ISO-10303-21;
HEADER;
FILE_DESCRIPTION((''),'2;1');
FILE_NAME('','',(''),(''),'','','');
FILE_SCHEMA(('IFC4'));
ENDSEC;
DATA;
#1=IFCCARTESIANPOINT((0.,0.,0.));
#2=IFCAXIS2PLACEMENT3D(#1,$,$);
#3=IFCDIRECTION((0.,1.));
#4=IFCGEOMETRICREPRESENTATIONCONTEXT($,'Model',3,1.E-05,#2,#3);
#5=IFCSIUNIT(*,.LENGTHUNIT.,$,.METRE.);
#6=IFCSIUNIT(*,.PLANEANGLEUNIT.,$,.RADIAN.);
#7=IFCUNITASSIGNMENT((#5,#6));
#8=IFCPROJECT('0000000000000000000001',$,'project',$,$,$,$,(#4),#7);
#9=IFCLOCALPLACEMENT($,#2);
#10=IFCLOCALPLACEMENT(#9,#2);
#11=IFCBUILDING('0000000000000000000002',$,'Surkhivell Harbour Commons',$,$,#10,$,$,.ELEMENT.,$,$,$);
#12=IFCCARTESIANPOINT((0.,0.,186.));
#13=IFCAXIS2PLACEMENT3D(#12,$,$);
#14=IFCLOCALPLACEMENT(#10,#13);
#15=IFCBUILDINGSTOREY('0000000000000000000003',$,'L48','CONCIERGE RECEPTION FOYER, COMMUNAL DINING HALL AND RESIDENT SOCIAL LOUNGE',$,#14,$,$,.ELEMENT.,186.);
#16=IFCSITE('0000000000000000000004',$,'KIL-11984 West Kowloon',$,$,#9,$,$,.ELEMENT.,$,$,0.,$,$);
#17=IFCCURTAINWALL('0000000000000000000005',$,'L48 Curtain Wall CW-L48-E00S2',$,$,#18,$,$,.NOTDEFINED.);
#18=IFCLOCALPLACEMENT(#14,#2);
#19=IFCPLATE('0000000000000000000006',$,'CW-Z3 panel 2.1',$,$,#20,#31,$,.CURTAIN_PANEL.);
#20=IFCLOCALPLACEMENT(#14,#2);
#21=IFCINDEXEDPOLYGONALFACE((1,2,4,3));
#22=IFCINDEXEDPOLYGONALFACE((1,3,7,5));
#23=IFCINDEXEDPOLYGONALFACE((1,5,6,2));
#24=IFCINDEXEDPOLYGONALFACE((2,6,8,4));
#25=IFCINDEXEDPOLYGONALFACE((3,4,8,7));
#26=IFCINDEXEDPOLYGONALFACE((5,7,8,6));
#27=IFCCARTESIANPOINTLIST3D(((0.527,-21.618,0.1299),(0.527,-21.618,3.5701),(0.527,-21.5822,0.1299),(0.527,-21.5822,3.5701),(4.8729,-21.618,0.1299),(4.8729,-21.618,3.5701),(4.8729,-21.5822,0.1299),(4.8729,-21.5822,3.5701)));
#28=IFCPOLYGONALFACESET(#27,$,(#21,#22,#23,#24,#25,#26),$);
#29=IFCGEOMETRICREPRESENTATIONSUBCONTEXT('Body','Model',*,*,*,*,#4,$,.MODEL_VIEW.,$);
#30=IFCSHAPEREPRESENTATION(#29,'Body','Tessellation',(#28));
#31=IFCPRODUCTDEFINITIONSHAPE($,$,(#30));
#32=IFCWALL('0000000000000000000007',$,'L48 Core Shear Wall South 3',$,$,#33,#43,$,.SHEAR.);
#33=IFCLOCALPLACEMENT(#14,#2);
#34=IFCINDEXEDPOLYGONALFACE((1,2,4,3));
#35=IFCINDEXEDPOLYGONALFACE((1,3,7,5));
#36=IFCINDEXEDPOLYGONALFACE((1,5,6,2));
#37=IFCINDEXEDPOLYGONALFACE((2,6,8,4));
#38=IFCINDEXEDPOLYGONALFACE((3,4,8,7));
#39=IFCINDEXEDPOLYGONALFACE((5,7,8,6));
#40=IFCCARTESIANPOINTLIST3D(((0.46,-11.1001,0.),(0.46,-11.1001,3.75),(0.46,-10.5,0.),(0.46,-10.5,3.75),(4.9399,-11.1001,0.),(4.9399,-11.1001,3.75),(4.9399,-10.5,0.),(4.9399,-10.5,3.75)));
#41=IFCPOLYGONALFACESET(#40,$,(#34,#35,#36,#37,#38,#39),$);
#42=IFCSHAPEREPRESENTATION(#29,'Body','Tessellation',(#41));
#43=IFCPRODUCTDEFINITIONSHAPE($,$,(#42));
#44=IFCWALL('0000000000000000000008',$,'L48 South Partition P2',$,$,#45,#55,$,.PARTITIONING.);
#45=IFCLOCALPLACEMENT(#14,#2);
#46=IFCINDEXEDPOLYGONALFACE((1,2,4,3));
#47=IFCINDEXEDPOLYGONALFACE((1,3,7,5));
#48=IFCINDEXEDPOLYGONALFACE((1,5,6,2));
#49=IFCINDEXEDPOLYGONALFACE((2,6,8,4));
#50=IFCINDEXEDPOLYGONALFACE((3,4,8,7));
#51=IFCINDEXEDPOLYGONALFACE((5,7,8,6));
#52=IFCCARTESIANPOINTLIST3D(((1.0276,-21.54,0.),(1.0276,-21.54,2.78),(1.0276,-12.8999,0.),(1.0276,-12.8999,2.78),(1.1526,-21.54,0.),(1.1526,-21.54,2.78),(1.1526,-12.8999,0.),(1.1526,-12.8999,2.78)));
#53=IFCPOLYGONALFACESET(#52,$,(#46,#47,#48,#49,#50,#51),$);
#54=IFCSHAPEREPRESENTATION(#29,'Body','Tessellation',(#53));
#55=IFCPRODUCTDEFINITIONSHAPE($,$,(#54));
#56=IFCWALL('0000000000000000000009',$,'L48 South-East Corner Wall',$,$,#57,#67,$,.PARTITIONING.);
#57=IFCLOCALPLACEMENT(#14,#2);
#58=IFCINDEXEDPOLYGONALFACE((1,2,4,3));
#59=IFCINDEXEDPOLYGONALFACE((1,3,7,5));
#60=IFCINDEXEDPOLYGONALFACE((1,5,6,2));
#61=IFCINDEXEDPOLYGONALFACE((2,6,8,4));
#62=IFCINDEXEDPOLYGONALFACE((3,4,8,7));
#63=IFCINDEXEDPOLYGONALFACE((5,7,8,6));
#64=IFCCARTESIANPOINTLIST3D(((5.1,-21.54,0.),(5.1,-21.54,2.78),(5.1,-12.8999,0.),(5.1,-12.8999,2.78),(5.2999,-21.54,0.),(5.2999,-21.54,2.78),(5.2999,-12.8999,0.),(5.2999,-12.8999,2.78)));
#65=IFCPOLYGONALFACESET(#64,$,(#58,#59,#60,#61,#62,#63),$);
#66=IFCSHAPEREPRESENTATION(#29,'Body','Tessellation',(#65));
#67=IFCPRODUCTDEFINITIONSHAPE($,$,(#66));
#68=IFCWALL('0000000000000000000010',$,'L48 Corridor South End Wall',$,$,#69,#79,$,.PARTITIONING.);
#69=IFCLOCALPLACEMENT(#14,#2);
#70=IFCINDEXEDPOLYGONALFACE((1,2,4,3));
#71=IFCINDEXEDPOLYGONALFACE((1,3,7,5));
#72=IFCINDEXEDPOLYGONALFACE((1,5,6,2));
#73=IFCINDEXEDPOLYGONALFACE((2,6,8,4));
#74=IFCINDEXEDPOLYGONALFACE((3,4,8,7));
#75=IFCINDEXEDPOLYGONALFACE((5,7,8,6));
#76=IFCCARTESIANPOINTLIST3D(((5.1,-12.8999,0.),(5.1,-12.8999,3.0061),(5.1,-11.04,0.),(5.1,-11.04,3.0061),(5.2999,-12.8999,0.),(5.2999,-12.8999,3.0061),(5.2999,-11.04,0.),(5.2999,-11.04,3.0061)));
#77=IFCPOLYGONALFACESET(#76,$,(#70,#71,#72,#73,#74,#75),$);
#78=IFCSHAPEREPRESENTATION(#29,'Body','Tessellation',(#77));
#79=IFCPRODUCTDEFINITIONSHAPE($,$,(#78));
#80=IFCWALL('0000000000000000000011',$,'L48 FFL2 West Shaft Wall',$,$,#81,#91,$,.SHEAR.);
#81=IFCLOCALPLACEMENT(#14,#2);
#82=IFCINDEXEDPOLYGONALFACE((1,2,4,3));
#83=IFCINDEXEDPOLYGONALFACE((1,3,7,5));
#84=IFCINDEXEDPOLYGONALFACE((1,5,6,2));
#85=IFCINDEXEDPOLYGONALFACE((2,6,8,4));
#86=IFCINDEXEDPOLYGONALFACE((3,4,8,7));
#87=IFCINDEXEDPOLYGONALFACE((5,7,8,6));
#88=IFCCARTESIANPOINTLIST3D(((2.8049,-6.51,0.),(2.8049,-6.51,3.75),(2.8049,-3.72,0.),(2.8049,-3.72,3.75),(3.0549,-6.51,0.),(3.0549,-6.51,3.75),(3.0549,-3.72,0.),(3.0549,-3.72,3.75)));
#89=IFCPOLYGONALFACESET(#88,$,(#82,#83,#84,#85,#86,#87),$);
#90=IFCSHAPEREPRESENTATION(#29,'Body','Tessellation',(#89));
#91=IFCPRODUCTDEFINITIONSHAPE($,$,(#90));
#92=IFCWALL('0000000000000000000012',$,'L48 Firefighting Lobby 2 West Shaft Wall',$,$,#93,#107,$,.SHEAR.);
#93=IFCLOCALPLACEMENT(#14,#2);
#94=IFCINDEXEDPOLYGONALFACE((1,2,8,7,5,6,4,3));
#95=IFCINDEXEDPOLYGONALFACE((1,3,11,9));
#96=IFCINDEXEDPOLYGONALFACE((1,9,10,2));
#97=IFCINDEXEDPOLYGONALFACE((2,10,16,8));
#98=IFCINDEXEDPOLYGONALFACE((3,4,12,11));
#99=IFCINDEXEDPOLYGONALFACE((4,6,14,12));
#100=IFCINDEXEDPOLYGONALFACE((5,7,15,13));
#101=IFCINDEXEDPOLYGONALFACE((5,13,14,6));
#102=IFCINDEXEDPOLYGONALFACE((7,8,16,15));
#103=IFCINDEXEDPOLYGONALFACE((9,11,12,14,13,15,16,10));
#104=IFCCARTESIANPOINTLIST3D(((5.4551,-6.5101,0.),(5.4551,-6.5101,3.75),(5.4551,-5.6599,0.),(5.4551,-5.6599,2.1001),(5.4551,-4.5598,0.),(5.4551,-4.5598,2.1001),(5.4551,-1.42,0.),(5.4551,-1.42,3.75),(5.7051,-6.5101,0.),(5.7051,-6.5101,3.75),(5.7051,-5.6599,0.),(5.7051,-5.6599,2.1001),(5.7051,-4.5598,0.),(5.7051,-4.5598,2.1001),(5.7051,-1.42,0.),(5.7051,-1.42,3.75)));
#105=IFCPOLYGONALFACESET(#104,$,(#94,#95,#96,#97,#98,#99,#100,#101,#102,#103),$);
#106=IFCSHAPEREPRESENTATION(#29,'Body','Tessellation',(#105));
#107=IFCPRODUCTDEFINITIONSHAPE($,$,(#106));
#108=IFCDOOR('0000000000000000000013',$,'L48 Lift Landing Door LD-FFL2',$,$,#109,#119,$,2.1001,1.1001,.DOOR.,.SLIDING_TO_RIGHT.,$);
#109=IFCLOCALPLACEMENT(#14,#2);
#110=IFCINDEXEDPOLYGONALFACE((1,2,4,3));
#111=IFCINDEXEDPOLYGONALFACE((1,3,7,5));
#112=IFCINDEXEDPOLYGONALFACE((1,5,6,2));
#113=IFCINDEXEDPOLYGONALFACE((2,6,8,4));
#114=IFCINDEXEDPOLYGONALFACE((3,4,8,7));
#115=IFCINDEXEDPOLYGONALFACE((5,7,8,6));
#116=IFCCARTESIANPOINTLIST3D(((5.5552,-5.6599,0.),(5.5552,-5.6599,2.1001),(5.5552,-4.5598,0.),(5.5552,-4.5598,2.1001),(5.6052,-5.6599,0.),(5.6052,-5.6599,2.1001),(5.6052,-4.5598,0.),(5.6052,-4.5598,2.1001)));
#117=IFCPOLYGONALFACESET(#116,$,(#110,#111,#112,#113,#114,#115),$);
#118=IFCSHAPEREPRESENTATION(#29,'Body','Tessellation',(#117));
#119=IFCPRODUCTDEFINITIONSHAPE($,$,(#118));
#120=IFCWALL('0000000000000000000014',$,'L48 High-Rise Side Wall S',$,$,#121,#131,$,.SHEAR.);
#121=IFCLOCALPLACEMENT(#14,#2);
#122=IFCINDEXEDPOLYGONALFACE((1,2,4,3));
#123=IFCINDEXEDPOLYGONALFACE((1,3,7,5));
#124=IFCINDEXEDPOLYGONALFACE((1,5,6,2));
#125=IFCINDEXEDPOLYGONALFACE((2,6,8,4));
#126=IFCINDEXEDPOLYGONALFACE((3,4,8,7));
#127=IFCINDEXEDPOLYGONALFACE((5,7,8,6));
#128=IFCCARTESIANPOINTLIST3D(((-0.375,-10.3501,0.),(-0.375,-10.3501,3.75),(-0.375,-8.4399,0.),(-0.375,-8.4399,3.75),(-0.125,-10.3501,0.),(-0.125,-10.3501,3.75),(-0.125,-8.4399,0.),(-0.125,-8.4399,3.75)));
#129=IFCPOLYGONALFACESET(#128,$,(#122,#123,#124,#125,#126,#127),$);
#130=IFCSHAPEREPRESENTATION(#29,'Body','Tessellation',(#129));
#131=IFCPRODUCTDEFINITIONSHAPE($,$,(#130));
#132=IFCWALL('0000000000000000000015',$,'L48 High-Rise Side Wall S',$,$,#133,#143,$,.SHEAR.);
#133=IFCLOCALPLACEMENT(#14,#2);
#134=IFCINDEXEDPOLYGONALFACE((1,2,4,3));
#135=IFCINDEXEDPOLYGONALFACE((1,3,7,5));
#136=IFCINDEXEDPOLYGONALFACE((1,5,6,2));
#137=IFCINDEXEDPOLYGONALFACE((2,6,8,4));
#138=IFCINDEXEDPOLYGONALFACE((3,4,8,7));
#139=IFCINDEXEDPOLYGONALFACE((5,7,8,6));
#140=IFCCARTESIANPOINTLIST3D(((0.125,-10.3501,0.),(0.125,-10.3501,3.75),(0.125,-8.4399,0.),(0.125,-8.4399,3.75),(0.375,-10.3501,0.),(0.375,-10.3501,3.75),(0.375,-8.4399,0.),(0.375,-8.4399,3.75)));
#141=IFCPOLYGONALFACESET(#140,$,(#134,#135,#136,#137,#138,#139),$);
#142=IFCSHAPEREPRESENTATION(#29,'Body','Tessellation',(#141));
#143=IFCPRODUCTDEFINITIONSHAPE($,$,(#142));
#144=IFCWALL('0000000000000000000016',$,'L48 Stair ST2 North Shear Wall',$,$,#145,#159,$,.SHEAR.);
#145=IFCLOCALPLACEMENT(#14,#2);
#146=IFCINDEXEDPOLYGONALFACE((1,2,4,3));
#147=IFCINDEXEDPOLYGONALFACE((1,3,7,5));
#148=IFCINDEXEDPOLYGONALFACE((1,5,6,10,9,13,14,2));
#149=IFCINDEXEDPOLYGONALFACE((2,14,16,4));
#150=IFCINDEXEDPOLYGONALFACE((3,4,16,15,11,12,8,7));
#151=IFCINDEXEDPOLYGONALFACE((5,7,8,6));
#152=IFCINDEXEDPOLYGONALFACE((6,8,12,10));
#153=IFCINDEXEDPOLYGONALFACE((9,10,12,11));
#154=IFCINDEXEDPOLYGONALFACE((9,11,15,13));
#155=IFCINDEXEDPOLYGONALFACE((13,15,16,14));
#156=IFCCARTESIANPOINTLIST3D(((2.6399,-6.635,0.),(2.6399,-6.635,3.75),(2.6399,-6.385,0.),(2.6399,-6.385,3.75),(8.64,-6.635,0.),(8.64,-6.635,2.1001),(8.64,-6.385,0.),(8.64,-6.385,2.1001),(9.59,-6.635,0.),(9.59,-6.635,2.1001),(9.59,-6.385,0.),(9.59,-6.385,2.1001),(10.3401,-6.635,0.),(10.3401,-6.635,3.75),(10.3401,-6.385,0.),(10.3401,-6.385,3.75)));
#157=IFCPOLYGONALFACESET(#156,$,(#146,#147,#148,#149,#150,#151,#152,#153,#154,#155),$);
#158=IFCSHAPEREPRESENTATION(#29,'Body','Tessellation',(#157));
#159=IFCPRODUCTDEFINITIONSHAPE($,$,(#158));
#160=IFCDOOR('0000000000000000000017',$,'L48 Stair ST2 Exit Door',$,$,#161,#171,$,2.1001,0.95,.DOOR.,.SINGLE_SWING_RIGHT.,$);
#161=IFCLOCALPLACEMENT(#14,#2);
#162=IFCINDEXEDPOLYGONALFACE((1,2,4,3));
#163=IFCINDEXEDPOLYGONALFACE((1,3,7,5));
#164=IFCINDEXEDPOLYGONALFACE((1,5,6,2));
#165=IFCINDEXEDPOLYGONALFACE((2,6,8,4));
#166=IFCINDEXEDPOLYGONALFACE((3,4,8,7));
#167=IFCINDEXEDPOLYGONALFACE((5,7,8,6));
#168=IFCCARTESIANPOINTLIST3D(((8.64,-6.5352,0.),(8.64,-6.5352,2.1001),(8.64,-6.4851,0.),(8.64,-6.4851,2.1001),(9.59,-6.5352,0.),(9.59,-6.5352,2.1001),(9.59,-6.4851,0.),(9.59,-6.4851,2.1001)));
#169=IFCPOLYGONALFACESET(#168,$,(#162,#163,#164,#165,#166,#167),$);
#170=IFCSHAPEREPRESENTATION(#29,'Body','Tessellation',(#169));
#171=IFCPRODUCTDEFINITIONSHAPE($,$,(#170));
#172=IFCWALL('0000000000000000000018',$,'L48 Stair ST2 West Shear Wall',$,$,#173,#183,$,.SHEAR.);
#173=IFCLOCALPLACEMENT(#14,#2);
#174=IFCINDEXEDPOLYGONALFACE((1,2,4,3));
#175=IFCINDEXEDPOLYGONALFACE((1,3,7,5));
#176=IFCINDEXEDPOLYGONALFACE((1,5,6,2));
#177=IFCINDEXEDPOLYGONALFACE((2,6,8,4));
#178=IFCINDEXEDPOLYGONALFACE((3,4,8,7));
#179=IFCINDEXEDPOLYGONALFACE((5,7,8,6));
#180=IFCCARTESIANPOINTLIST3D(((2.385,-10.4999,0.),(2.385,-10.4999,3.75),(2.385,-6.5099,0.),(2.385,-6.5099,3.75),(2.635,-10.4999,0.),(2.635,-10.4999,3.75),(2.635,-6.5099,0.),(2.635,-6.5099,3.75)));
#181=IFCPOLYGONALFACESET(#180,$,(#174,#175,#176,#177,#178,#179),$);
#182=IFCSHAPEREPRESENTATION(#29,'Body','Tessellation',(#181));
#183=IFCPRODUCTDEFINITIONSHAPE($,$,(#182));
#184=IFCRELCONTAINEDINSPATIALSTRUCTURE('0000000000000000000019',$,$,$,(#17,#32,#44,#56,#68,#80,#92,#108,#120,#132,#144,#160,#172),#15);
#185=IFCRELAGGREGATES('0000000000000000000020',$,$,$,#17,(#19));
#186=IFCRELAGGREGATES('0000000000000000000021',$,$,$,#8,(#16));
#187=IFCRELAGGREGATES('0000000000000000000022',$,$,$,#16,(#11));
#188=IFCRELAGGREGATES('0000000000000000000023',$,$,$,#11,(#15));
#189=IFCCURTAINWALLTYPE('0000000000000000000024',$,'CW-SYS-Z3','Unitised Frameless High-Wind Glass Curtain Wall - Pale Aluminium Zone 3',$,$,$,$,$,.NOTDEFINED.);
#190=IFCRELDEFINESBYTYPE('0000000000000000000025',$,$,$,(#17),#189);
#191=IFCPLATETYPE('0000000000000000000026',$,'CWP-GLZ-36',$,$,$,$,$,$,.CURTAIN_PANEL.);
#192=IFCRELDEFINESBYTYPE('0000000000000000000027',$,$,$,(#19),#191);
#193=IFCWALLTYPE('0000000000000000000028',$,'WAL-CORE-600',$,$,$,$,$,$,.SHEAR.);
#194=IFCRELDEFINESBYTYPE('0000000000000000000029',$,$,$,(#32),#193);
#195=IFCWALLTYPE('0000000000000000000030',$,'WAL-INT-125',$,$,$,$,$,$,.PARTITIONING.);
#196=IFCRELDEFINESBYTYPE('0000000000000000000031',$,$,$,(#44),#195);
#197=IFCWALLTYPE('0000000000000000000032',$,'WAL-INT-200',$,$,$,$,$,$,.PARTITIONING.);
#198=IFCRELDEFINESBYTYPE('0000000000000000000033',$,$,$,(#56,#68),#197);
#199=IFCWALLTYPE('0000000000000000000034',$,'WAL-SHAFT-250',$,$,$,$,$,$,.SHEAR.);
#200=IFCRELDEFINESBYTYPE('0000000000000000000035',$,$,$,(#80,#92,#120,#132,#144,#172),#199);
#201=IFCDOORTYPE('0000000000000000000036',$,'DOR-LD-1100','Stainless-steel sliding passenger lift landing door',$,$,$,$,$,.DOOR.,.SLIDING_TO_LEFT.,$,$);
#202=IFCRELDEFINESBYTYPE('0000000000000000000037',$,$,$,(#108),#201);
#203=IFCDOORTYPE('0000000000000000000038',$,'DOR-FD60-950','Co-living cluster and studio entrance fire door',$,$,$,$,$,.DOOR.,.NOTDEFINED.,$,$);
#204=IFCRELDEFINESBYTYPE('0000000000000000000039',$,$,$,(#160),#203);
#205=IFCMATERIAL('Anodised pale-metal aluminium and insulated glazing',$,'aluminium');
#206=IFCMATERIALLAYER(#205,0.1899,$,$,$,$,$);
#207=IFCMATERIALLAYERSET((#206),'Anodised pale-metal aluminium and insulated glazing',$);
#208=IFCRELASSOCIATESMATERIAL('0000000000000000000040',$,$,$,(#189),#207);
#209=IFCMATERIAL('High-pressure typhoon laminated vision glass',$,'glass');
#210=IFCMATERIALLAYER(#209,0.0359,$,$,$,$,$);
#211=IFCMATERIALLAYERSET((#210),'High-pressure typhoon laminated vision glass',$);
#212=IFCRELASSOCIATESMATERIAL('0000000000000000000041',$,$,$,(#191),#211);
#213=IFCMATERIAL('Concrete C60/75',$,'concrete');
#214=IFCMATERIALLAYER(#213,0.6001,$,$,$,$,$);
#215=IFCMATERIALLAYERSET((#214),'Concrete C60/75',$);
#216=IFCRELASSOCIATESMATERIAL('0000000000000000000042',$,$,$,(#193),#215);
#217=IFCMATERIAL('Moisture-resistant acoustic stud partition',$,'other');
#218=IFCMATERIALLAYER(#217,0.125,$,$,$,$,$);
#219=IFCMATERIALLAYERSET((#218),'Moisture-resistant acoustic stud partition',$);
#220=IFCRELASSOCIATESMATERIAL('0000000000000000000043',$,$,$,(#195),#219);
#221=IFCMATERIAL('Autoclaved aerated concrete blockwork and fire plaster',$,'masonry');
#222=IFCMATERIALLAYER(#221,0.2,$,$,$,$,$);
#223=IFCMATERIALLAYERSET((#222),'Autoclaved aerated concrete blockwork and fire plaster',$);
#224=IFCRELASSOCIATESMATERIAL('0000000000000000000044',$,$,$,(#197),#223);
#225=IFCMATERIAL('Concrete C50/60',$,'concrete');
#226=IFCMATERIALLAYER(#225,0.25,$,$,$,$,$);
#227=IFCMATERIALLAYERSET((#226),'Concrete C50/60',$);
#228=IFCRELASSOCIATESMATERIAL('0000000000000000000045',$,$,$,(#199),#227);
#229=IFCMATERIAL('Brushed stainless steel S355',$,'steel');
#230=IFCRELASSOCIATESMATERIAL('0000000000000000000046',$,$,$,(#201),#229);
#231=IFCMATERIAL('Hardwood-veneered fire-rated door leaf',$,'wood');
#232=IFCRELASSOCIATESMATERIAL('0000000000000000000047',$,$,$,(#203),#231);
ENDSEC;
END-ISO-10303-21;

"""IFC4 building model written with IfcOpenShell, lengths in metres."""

from ifc_helpers import new_model, si_unit, direction, frame, frame_2d, origin, place, context, subcontext, project, spatial, rectangle, extrude, material, layer, layer_set, type_object, element, fill, aggregate, save


model = new_model("IFC4")

# Units and contexts
model_context = context("Model", 3, precision=1e-05, world=origin(), true_north=direction((0.0, 1.0)))
body_context = subcontext(model_context, "Body", "Model", "MODEL_VIEW")
ifc_project = project(units=[si_unit("LENGTHUNIT", "METRE"), si_unit("PLANEANGLEUNIT", "RADIAN")], contexts=[model_context])

# Site, building, storey
site_placement = place(None, origin())
site = spatial("IfcSite", under=ifc_project, at=site_placement, Name="KIL-11984 West Kowloon", CompositionType="ELEMENT", RefElevation=0.0)
building_placement = place(site_placement, origin())
building = spatial("IfcBuilding", under=site, at=building_placement, Name="Surkhivell Harbour Commons", CompositionType="ELEMENT")
storey_placement = place(building_placement, frame((0.0, 0.0, 186.0)))
storey = spatial("IfcBuildingStorey", under=building, at=storey_placement, Name="L48", Description="CONCIERGE RECEPTION FOYER, COMMUNAL DINING HALL AND RESIDENT SOCIAL LOUNGE", CompositionType="ELEMENT", Elevation=186.0)

# Shared definitions
ifc_material_1 = material(Name="Concrete C60/75", Category="concrete")

# Curtain wall, plate
ifc_material_2 = material(Name="Anodised pale-metal aluminium and insulated glazing", Category="aluminium")
ifc_layer_1 = layer(ifc_material_2, 0.1899)
ifc_layer_set_1 = layer_set([ifc_layer_1], Name="Anodised pale-metal aluminium and insulated glazing")
curtain_wall_type = type_object("IfcCurtainWallType", Name="CW-SYS-Z3", Description="Unitised Frameless High-Wind Glass Curtain Wall - Pale Aluminium Zone 3", PredefinedType="NOTDEFINED", material=ifc_layer_set_1)
curtain_wall_placement = place(storey_placement, origin())
curtain_wall = element("IfcCurtainWall", 1, at=curtain_wall_placement, inside=storey, type_object=curtain_wall_type, Name="L48 Curtain Wall CW-L48-E00S2", PredefinedType="NOTDEFINED")
ifc_material_3 = material(Name="High-pressure typhoon laminated vision glass", Category="glass")
ifc_layer_2 = layer(ifc_material_3, 0.0359)
ifc_layer_set_2 = layer_set([ifc_layer_2], Name="High-pressure typhoon laminated vision glass")
plate_type = type_object("IfcPlateType", Name="CWP-GLZ-36", PredefinedType="CURTAIN_PANEL", material=ifc_layer_set_2)
plate_placement = place(storey_placement, frame((0.5271, -21.6001, 0.1299), z_axis=(0.0, 0.0, 1.0), x_axis=(1.0, 0.0, 0.0)))
plate = element("IfcPlate", 2, at=plate_placement, type_object=plate_type, Name="CW-Z3 panel 2.1", PredefinedType="CURTAIN_PANEL", context=body_context, shape_type="SweptSolid", body=[
    extrude(rectangle(XDim=4.3459, YDim=0.0359, at=frame_2d((2.1729, 0.0))), origin(), (0.0, 0.0, 1.0), 3.4402),
])
aggregate(curtain_wall, [plate])

# Walls
ifc_layer_3 = layer(ifc_material_1, 0.6001)
ifc_layer_set_3 = layer_set([ifc_layer_3], Name="Concrete C60/75")
wall_type_1 = type_object("IfcWallType", Name="WAL-CORE-600", PredefinedType="SHEAR", material=ifc_layer_set_3)
wall_1_placement = place(storey_placement, frame((0.46, -10.8, 0.0), z_axis=(0.0, 0.0, 1.0), x_axis=(1.0, 0.0, 0.0)))
element("IfcWall", 3, at=wall_1_placement, inside=storey, type_object=wall_type_1, Name="L48 Core Shear Wall South 3", PredefinedType="SHEAR", context=body_context, shape_type="SweptSolid", body=[
    extrude(rectangle(XDim=4.48, YDim=0.6001, at=frame_2d((2.24, 0.0))), origin(), (0.0, 0.0, 1.0), 3.75),
])
ifc_material_4 = material(Name="Moisture-resistant acoustic stud partition", Category="other")
ifc_layer_4 = layer(ifc_material_4, 0.125)
ifc_layer_set_4 = layer_set([ifc_layer_4], Name="Moisture-resistant acoustic stud partition")
wall_type_2 = type_object("IfcWallType", Name="WAL-INT-125", PredefinedType="PARTITIONING", material=ifc_layer_set_4)
wall_2_placement = place(storey_placement, frame((1.0901, -21.54, 0.0), z_axis=(0.0, 0.0, 1.0), x_axis=(0.0, 1.0, 0.0)))
element("IfcWall", 4, at=wall_2_placement, inside=storey, type_object=wall_type_2, Name="L48 South Partition P2", PredefinedType="PARTITIONING", context=body_context, shape_type="SweptSolid", body=[
    extrude(rectangle(XDim=8.6401, YDim=0.125, at=frame_2d((4.3201, 0.0))), origin(), (0.0, 0.0, 1.0), 2.78),
])
ifc_material_5 = material(Name="Autoclaved aerated concrete blockwork and fire plaster", Category="masonry")
ifc_layer_5 = layer(ifc_material_5, 0.2)
ifc_layer_set_5 = layer_set([ifc_layer_5], Name="Autoclaved aerated concrete blockwork and fire plaster")
wall_type_3 = type_object("IfcWallType", Name="WAL-INT-200", PredefinedType="PARTITIONING", material=ifc_layer_set_5)
wall_3_placement = place(storey_placement, frame((5.2, -21.54, 0.0), z_axis=(0.0, 0.0, 1.0), x_axis=(0.0, 1.0, 0.0)))
element("IfcWall", 5, at=wall_3_placement, inside=storey, type_object=wall_type_3, Name="L48 South-East Corner Wall", PredefinedType="PARTITIONING", context=body_context, shape_type="SweptSolid", body=[
    extrude(rectangle(XDim=8.6401, YDim=0.2, at=frame_2d((4.3201, 0.0))), origin(), (0.0, 0.0, 1.0), 2.78),
])
wall_4_placement = place(storey_placement, frame((5.2, -12.8999, 0.0), z_axis=(0.0, 0.0, 1.0), x_axis=(0.0, 1.0, 0.0)))
element("IfcWall", 6, at=wall_4_placement, inside=storey, type_object=wall_type_3, Name="L48 Corridor South End Wall", PredefinedType="PARTITIONING", context=body_context, shape_type="SweptSolid", body=[
    extrude(rectangle(XDim=1.8599, YDim=0.2, at=frame_2d((0.9299, 0.0))), origin(), (0.0, 0.0, 1.0), 3.0061),
])
ifc_material_6 = material(Name="Concrete C50/60", Category="concrete")
ifc_layer_6 = layer(ifc_material_6, 0.25)
ifc_layer_set_6 = layer_set([ifc_layer_6], Name="Concrete C50/60")
wall_type_4 = type_object("IfcWallType", Name="WAL-SHAFT-250", PredefinedType="SHEAR", material=ifc_layer_set_6)
wall_5_placement = place(storey_placement, frame((2.9299, -6.51, 0.0), z_axis=(0.0, 0.0, 1.0), x_axis=(0.0, 1.0, 0.0)))
element("IfcWall", 7, at=wall_5_placement, inside=storey, type_object=wall_type_4, Name="L48 FFL2 West Shaft Wall", PredefinedType="SHEAR", context=body_context, shape_type="SweptSolid", body=[
    extrude(rectangle(XDim=2.79, YDim=0.25, at=frame_2d((1.395, 0.0))), origin(), (0.0, 0.0, 1.0), 3.75),
])

# Wall, opening, door
wall_6_placement = place(storey_placement, frame((5.5801, -6.51, 0.0), z_axis=(0.0, 0.0, 1.0), x_axis=(0.0, 1.0, 0.0)))
wall_6 = element("IfcWall", 8, at=wall_6_placement, inside=storey, type_object=wall_type_4, Name="L48 Firefighting Lobby 2 West Shaft Wall", PredefinedType="SHEAR", context=body_context, shape_type="SweptSolid", body=[
    extrude(rectangle(XDim=5.0901, YDim=0.25, at=frame_2d((2.5449, 0.0))), origin(), (0.0, 0.0, 1.0), 3.75),
])
opening_1_placement = place(wall_6_placement, frame((0.8501, 0.0, 0.0)))
opening_1 = element("IfcOpeningElement", 9, at=opening_1_placement, cuts=wall_6, PredefinedType="OPENING", context=body_context, shape_type="SweptSolid", body=[
    extrude(rectangle(XDim=1.1001, YDim=2.1001, at=frame_2d((0.55, 1.05))), frame((0.0, 0.135, 0.0), z_axis=(0.0, -1.0, 0.0), x_axis=(1.0, 0.0, 0.0)), (0.0, 0.0, 1.0), 0.27),
])
ifc_material_7 = material(Name="Brushed stainless steel S355", Category="steel")
door_type_1 = type_object("IfcDoorType", Name="DOR-LD-1100", Description="Stainless-steel sliding passenger lift landing door", OperationType="SLIDING_TO_LEFT", PredefinedType="DOOR", material=ifc_material_7)
door_1_placement = place(opening_1_placement, origin())
door_1 = element("IfcDoor", 10, at=door_1_placement, inside=storey, type_object=door_type_1, Name="L48 Lift Landing Door LD-FFL2", OperationType="SLIDING_TO_RIGHT", OverallHeight=2.1001, OverallWidth=1.1001, PredefinedType="DOOR", context=body_context, shape_type="SweptSolid", body=[
    extrude(rectangle(XDim=1.1001, YDim=2.1001, at=frame_2d((0.55, 1.05))), frame((0.0, 0.0249, 0.0), z_axis=(0.0, -1.0, 0.0), x_axis=(1.0, 0.0, 0.0)), (0.0, 0.0, 1.0), 0.05),
])
fill(opening_1, door_1)

# Walls
for number, where, z_axis, x_axis, name in (
    (11, (-0.25, -10.3501, 0.0), (0.0, 0.0, 1.0), (0.0, 1.0, 0.0), "L48 High-Rise Side Wall S"),
    (12, (0.25, -10.3501, 0.0), (0.0, 0.0, 1.0), (0.0, 1.0, 0.0), "L48 High-Rise Side Wall S"),
):
    element("IfcWall", number, at=place(storey_placement, frame(where, z_axis=z_axis, x_axis=x_axis)), inside=storey, type_object=wall_type_4, Name=name, PredefinedType="SHEAR", context=body_context, shape_type="SweptSolid", body=[
        extrude(rectangle(XDim=1.9102, YDim=0.25, at=frame_2d((0.9551, 0.0))), origin(), (0.0, 0.0, 1.0), 3.75),
    ])

# Wall, opening, door
wall_7_placement = place(storey_placement, frame((2.6399, -6.51, 0.0), z_axis=(0.0, 0.0, 1.0), x_axis=(1.0, 0.0, 0.0)))
wall_7 = element("IfcWall", 13, at=wall_7_placement, inside=storey, type_object=wall_type_4, Name="L48 Stair ST2 North Shear Wall", PredefinedType="SHEAR", context=body_context, shape_type="SweptSolid", body=[
    extrude(rectangle(XDim=7.7002, YDim=0.25, at=frame_2d((3.8501, 0.0))), origin(), (0.0, 0.0, 1.0), 3.75),
])
opening_2_placement = place(wall_7_placement, frame((6.0, 0.0, 0.0)))
opening_2 = element("IfcOpeningElement", 14, at=opening_2_placement, cuts=wall_7, PredefinedType="OPENING", context=body_context, shape_type="SweptSolid", body=[
    extrude(rectangle(XDim=0.95, YDim=2.1001, at=frame_2d((0.4751, 1.05))), frame((0.0, 0.135, 0.0), z_axis=(0.0, -1.0, 0.0), x_axis=(1.0, 0.0, 0.0)), (0.0, 0.0, 1.0), 0.27),
])
ifc_material_8 = material(Name="Hardwood-veneered fire-rated door leaf", Category="wood")
door_type_2 = type_object("IfcDoorType", Name="DOR-FD60-950", Description="Co-living cluster and studio entrance fire door", OperationType="NOTDEFINED", PredefinedType="DOOR", material=ifc_material_8)
door_2_placement = place(opening_2_placement, origin())
door_2 = element("IfcDoor", 15, at=door_2_placement, inside=storey, type_object=door_type_2, Name="L48 Stair ST2 Exit Door", OperationType="SINGLE_SWING_RIGHT", OverallHeight=2.1001, OverallWidth=0.95, PredefinedType="DOOR", context=body_context, shape_type="SweptSolid", body=[
    extrude(rectangle(XDim=0.95, YDim=2.1001, at=frame_2d((0.4751, 1.05))), frame((0.0, 0.0249, 0.0), z_axis=(0.0, -1.0, 0.0), x_axis=(1.0, 0.0, 0.0)), (0.0, 0.0, 1.0), 0.05),
])
fill(opening_2, door_2)

# Wall
wall_8_placement = place(storey_placement, frame((2.51, -10.5, 0.0), z_axis=(0.0, 0.0, 1.0), x_axis=(0.0, 1.0, 0.0)))
element("IfcWall", 16, at=wall_8_placement, inside=storey, type_object=wall_type_4, Name="L48 Stair ST2 West Shear Wall", PredefinedType="SHEAR", context=body_context, shape_type="SweptSolid", body=[
    extrude(rectangle(XDim=3.99, YDim=0.25, at=frame_2d((1.9951, 0.0))), origin(), (0.0, 0.0, 1.0), 3.75),
])

save(model, "model.ifc")
